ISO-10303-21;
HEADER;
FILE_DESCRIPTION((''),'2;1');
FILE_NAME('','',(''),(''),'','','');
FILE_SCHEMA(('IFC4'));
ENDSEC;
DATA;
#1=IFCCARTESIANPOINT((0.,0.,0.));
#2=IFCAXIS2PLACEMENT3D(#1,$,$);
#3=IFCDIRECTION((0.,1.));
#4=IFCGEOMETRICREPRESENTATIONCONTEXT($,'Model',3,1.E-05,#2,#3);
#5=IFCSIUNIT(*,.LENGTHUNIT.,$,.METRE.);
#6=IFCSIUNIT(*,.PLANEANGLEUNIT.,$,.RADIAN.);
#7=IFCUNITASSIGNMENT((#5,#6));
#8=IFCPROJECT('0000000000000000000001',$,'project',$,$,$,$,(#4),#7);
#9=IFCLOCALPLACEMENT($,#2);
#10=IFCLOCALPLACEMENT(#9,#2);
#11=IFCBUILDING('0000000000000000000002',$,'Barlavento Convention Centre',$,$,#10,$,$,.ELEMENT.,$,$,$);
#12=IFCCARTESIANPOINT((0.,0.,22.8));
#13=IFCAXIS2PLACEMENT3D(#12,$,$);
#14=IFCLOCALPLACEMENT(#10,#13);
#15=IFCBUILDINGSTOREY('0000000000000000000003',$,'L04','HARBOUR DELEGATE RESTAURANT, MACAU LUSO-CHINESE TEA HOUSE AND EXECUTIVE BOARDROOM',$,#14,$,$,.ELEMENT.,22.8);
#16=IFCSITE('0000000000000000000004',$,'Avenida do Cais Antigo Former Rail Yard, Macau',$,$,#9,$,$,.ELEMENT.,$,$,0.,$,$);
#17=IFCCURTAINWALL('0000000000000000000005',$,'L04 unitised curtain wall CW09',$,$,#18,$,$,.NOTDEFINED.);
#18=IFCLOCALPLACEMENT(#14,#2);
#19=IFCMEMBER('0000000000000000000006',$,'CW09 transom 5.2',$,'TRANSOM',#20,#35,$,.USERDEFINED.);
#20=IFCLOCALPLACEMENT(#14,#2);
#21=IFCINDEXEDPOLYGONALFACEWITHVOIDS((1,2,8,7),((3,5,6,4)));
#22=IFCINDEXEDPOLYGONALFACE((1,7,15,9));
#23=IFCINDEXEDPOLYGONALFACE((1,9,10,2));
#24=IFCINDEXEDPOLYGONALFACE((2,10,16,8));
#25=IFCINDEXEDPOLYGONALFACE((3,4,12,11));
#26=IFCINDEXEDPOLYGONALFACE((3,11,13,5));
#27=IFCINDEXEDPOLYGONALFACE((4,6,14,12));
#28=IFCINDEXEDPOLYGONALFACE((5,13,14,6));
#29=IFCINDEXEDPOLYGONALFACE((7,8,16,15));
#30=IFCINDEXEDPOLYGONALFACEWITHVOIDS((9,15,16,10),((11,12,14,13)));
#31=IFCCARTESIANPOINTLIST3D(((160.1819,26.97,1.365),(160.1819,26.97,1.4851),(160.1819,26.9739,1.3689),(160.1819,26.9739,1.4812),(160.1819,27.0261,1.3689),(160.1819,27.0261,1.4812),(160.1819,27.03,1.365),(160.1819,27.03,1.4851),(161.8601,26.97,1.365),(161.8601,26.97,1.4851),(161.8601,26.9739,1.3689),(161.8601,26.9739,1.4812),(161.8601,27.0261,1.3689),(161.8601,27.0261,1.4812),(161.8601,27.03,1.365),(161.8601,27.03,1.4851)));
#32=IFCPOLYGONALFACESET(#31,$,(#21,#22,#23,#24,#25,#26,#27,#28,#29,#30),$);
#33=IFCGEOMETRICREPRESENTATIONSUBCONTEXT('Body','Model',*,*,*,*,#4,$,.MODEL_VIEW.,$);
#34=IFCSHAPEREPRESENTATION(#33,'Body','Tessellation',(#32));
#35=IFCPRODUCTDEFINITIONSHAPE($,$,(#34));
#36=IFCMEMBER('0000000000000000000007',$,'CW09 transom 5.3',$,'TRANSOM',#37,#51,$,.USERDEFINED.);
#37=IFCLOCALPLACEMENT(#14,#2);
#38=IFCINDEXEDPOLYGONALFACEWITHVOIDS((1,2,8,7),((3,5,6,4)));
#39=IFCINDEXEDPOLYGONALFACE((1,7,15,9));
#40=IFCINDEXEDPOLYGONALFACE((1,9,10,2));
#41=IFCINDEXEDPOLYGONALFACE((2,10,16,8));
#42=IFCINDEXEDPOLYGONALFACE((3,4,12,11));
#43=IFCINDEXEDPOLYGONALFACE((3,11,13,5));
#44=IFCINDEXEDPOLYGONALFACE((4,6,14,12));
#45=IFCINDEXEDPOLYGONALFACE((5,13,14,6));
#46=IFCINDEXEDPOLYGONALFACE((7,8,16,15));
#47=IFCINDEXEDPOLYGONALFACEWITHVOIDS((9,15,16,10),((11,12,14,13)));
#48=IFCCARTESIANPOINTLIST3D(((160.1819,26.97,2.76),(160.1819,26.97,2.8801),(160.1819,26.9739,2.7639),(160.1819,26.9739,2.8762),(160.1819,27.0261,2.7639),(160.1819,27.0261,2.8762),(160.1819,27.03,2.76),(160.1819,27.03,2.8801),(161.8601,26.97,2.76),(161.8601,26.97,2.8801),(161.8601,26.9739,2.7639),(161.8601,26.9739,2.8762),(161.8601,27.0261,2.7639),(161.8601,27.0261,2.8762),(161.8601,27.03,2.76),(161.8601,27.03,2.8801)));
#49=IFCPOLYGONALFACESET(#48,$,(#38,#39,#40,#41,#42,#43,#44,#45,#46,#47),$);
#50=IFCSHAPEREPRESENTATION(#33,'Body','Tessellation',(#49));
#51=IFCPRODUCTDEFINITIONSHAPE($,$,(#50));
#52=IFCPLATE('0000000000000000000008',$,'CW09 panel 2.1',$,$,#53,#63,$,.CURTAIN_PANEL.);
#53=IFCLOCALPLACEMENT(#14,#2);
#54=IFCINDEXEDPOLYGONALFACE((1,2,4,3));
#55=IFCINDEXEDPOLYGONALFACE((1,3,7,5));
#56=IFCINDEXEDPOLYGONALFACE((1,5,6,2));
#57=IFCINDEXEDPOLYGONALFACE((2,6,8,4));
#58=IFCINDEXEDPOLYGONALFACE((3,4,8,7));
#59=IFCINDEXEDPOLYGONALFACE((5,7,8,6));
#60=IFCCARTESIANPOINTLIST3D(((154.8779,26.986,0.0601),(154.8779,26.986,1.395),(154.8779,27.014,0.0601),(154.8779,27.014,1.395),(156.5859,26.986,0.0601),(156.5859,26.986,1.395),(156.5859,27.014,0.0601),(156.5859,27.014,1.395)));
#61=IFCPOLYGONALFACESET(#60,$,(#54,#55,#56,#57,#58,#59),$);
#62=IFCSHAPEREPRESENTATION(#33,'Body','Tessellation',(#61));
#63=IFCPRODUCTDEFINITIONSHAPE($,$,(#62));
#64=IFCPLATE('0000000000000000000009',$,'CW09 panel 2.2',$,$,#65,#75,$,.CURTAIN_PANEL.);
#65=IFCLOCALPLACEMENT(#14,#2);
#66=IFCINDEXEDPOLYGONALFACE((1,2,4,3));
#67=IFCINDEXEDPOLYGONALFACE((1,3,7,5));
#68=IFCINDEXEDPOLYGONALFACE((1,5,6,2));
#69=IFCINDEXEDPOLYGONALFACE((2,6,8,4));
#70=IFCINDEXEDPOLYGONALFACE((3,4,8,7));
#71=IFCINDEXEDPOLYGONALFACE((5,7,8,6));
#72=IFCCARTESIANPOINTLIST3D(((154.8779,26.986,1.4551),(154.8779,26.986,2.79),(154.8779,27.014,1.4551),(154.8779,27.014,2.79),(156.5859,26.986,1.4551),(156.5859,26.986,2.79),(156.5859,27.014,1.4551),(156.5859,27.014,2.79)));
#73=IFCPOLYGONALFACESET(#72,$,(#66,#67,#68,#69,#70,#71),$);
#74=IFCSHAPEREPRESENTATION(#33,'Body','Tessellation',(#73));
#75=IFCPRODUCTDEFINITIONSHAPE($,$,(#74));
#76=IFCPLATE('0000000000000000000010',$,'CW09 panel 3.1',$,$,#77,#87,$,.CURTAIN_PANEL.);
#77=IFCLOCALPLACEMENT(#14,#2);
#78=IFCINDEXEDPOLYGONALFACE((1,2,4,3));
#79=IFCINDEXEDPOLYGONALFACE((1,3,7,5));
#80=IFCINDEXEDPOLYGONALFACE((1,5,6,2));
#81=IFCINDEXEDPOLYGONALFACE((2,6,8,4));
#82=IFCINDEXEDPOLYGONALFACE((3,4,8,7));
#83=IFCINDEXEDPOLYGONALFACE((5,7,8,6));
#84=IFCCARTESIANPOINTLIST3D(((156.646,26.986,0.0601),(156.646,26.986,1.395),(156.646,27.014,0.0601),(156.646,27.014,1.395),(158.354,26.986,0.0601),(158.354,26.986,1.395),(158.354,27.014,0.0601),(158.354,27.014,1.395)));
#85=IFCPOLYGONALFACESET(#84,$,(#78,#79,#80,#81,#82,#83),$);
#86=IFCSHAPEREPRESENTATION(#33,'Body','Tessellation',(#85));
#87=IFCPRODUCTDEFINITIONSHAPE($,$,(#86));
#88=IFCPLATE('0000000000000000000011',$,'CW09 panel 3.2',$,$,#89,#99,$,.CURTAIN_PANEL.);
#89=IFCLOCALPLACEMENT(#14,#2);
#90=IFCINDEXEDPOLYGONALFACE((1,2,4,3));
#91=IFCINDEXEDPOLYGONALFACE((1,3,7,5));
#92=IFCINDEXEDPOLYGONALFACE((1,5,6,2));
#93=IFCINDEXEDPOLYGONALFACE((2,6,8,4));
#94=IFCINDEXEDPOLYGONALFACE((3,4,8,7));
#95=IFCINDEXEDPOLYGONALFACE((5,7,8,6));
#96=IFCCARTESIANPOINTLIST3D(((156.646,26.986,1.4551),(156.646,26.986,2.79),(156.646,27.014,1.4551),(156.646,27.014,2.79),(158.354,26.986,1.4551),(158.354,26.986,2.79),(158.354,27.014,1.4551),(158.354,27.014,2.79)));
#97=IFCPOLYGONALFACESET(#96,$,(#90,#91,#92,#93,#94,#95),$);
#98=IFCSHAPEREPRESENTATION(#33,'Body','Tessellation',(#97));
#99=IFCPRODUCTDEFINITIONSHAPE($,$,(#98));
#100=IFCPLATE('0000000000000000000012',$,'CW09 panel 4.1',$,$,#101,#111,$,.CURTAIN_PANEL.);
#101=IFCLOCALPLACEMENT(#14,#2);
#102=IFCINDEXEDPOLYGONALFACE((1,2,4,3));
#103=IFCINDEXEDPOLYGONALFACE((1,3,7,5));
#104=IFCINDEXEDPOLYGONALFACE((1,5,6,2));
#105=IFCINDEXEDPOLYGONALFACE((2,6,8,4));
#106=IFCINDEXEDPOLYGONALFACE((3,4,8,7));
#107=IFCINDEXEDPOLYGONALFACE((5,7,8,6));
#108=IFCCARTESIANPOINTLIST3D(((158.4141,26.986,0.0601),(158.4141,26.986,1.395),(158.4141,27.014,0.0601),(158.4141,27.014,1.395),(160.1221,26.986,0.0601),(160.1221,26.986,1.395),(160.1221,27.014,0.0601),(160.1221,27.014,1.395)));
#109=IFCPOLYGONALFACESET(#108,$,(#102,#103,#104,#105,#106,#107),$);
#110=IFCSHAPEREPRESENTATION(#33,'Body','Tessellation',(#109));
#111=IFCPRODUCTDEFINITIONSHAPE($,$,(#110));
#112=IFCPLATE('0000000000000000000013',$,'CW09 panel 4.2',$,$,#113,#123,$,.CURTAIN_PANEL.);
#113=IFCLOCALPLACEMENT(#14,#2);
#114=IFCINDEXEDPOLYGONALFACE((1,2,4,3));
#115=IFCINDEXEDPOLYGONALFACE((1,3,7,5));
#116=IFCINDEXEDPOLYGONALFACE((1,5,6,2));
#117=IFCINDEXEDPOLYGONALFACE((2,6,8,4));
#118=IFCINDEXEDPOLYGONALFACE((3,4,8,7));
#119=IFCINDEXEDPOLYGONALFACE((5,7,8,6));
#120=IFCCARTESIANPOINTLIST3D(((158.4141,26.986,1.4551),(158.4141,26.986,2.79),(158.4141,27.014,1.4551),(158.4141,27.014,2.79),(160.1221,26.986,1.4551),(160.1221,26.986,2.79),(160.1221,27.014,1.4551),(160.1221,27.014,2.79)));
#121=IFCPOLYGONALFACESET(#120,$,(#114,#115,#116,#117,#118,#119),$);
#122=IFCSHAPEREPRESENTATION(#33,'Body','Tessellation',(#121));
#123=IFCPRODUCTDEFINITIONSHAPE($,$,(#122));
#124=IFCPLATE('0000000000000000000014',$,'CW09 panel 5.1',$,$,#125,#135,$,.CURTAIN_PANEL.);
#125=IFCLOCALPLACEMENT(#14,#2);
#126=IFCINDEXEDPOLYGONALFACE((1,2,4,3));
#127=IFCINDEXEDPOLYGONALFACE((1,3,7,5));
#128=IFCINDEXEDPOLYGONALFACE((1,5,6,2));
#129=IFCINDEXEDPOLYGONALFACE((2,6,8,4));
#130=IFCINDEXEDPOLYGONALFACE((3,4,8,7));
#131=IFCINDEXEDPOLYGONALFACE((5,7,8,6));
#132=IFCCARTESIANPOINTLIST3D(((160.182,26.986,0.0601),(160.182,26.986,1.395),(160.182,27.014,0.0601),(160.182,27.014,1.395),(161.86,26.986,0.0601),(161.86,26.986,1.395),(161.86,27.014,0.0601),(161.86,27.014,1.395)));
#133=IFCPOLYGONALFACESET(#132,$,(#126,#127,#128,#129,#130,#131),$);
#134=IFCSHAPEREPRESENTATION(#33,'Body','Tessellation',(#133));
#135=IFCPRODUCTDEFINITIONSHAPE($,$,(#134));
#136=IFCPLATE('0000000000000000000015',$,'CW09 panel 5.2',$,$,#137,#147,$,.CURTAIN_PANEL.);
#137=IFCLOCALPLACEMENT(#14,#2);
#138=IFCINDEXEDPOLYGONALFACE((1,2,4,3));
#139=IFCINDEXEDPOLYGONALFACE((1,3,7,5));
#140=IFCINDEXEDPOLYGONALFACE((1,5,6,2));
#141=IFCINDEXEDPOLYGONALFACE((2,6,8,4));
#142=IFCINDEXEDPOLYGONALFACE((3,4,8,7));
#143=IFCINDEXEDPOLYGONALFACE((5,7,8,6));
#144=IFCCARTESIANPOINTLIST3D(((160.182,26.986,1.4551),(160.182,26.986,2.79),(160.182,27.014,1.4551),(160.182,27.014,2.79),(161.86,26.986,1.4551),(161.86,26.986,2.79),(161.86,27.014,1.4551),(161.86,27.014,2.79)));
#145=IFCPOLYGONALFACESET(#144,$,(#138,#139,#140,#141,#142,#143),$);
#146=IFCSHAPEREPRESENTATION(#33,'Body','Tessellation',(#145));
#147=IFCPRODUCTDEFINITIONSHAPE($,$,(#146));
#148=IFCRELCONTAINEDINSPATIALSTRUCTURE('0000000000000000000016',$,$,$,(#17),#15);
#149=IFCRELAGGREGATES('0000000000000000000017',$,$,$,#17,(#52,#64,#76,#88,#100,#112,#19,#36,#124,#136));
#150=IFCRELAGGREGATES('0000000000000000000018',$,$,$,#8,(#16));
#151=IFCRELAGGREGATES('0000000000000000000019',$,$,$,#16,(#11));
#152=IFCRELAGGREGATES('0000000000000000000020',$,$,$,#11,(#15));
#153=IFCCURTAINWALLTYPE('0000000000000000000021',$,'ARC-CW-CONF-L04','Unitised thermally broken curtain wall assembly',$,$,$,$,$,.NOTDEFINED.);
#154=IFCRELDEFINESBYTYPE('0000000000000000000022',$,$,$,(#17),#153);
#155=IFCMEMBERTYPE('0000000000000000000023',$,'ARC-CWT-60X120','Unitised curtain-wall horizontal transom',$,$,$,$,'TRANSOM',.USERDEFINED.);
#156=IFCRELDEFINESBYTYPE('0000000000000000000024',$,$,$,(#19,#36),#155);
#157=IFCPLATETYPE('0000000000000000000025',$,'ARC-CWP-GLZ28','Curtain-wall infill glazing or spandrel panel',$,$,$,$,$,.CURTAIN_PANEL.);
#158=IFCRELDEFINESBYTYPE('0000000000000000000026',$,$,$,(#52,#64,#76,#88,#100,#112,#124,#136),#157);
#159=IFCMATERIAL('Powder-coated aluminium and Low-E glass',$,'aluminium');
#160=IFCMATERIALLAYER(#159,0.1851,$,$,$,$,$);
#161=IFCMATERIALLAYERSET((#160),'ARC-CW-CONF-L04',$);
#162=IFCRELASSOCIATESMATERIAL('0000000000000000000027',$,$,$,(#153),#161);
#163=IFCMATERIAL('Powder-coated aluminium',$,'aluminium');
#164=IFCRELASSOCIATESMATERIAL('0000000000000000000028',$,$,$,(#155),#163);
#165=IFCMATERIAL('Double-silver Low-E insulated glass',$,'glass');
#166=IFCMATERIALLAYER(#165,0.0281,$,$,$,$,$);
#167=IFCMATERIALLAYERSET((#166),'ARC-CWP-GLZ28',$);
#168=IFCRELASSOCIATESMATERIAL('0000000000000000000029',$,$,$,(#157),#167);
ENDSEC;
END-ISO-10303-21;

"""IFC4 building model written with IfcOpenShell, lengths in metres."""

from ifc_helpers import new_model, si_unit, direction, frame, origin, origin_2d, place, context, subcontext, project, spatial, rectangle, hollow_rectangle, extrude, material, layer, layer_set, material_profile, profile_set, type_object, element, aggregate, save


model = new_model("IFC4")

# Units and contexts
model_context = context("Model", 3, precision=1e-05, world=origin(), true_north=direction((0.0, 1.0)))
body_context = subcontext(model_context, "Body", "Model", "MODEL_VIEW")
ifc_project = project(units=[si_unit("LENGTHUNIT", "METRE"), si_unit("PLANEANGLEUNIT", "RADIAN")], contexts=[model_context])

# Site, building, storey
site_placement = place(None, origin())
site = spatial("IfcSite", under=ifc_project, at=site_placement, Name="Avenida do Cais Antigo Former Rail Yard, Macau", CompositionType="ELEMENT", RefElevation=0.0)
building_placement = place(site_placement, origin())
building = spatial("IfcBuilding", under=site, at=building_placement, Name="Barlavento Convention Centre", CompositionType="ELEMENT")
storey_placement = place(building_placement, frame((0.0, 0.0, 22.8)))
storey = spatial("IfcBuildingStorey", under=building, at=storey_placement, Name="L04", Description="HARBOUR DELEGATE RESTAURANT, MACAU LUSO-CHINESE TEA HOUSE AND EXECUTIVE BOARDROOM", CompositionType="ELEMENT", Elevation=22.8)

# Curtain wall, members, plates
ifc_material_1 = material(Name="Powder-coated aluminium and Low-E glass", Category="aluminium")
ifc_layer_1 = layer(ifc_material_1, 0.1851)
ifc_layer_set_1 = layer_set([ifc_layer_1], Name="ARC-CW-CONF-L04")
curtain_wall_type = type_object("IfcCurtainWallType", Name="ARC-CW-CONF-L04", Description="Unitised thermally broken curtain wall assembly", PredefinedType="NOTDEFINED", material=ifc_layer_set_1)
curtain_wall_placement = place(storey_placement, origin())
curtain_wall = element("IfcCurtainWall", 1, at=curtain_wall_placement, inside=storey, type_object=curtain_wall_type, Name="L04 unitised curtain wall CW09", PredefinedType="NOTDEFINED")
ifc_material_2 = material(Name="Powder-coated aluminium", Category="aluminium")
ifc_material_profile_1 = material_profile(ifc_material_2, hollow_rectangle(XDim=0.0601, YDim=0.1201, WallThickness=0.0039, at=origin_2d()), Name="AL-TRAN 60x120x4")
ifc_profile_set_1 = profile_set([ifc_material_profile_1], Name="Powder-coated aluminium")
member_type_1 = type_object("IfcMemberType", Name="ARC-CWT-60X120", Description="Unitised curtain-wall horizontal transom", ElementType="TRANSOM", PredefinedType="USERDEFINED", material=ifc_profile_set_1)
member_1_placement = place(storey_placement, frame((160.1819, 27.0, 1.425), z_axis=(1.0, 0.0, 0.0), x_axis=(0.0, 1.0, 0.0)))
member_1 = element("IfcMember", 2, at=member_1_placement, type_object=member_type_1, Name="CW09 transom 5.2", ObjectType="TRANSOM", PredefinedType="USERDEFINED", context=body_context, shape_type="SweptSolid", body=[
    extrude(hollow_rectangle(XDim=0.0601, YDim=0.1201, WallThickness=0.0039, at=origin_2d()), origin(), (0.0, 0.0, 1.0), 1.6782),
])
member_2_placement = place(storey_placement, frame((160.1819, 27.0, 2.8201), z_axis=(1.0, 0.0, 0.0), x_axis=(0.0, 1.0, 0.0)))
member_2 = element("IfcMember", 3, at=member_2_placement, type_object=member_type_1, Name="CW09 transom 5.3", ObjectType="TRANSOM", PredefinedType="USERDEFINED", context=body_context, shape_type="SweptSolid", body=[
    extrude(hollow_rectangle(XDim=0.0601, YDim=0.1201, WallThickness=0.0039, at=origin_2d()), origin(), (0.0, 0.0, 1.0), 1.6782),
])
ifc_material_3 = material(Name="Double-silver Low-E insulated glass", Category="glass")
ifc_layer_2 = layer(ifc_material_3, 0.0281)
ifc_layer_set_2 = layer_set([ifc_layer_2], Name="ARC-CWP-GLZ28")
plate_type = type_object("IfcPlateType", Name="ARC-CWP-GLZ28", Description="Curtain-wall infill glazing or spandrel panel", PredefinedType="CURTAIN_PANEL", material=ifc_layer_set_2)
plate_1_placement = place(storey_placement, frame((155.7319, 27.0, 0.0601), z_axis=(0.0, 0.0, 1.0), x_axis=(1.0, 0.0, 0.0)))
plate_1 = element("IfcPlate", 4, at=plate_1_placement, type_object=plate_type, Name="CW09 panel 2.1", PredefinedType="CURTAIN_PANEL", context=body_context, shape_type="SweptSolid", body=[
    extrude(rectangle(XDim=1.708, YDim=0.0281, at=origin_2d()), origin(), (0.0, 0.0, 1.0), 1.335),
])
plate_2_placement = place(storey_placement, frame((155.7319, 27.0, 1.4551), z_axis=(0.0, 0.0, 1.0), x_axis=(1.0, 0.0, 0.0)))
plate_2 = element("IfcPlate", 5, at=plate_2_placement, type_object=plate_type, Name="CW09 panel 2.2", PredefinedType="CURTAIN_PANEL", context=body_context, shape_type="SweptSolid", body=[
    extrude(rectangle(XDim=1.708, YDim=0.0281, at=origin_2d()), origin(), (0.0, 0.0, 1.0), 1.335),
])
plate_3_placement = place(storey_placement, frame((157.5, 27.0, 0.0601), z_axis=(0.0, 0.0, 1.0), x_axis=(1.0, 0.0, 0.0)))
plate_3 = element("IfcPlate", 6, at=plate_3_placement, type_object=plate_type, Name="CW09 panel 3.1", PredefinedType="CURTAIN_PANEL", context=body_context, shape_type="SweptSolid", body=[
    extrude(rectangle(XDim=1.708, YDim=0.0281, at=origin_2d()), origin(), (0.0, 0.0, 1.0), 1.335),
])
plate_4_placement = place(storey_placement, frame((157.5, 27.0, 1.4551), z_axis=(0.0, 0.0, 1.0), x_axis=(1.0, 0.0, 0.0)))
plate_4 = element("IfcPlate", 7, at=plate_4_placement, type_object=plate_type, Name="CW09 panel 3.2", PredefinedType="CURTAIN_PANEL", context=body_context, shape_type="SweptSolid", body=[
    extrude(rectangle(XDim=1.708, YDim=0.0281, at=origin_2d()), origin(), (0.0, 0.0, 1.0), 1.335),
])
plate_5_placement = place(storey_placement, frame((159.2681, 27.0, 0.0601), z_axis=(0.0, 0.0, 1.0), x_axis=(1.0, 0.0, 0.0)))
plate_5 = element("IfcPlate", 8, at=plate_5_placement, type_object=plate_type, Name="CW09 panel 4.1", PredefinedType="CURTAIN_PANEL", context=body_context, shape_type="SweptSolid", body=[
    extrude(rectangle(XDim=1.708, YDim=0.0281, at=origin_2d()), origin(), (0.0, 0.0, 1.0), 1.335),
])
plate_6_placement = place(storey_placement, frame((159.2681, 27.0, 1.4551), z_axis=(0.0, 0.0, 1.0), x_axis=(1.0, 0.0, 0.0)))
plate_6 = element("IfcPlate", 9, at=plate_6_placement, type_object=plate_type, Name="CW09 panel 4.2", PredefinedType="CURTAIN_PANEL", context=body_context, shape_type="SweptSolid", body=[
    extrude(rectangle(XDim=1.708, YDim=0.0281, at=origin_2d()), origin(), (0.0, 0.0, 1.0), 1.335),
])
plate_7_placement = place(storey_placement, frame((161.021, 27.0, 0.0601), z_axis=(0.0, 0.0, 1.0), x_axis=(1.0, 0.0, 0.0)))
plate_7 = element("IfcPlate", 10, at=plate_7_placement, type_object=plate_type, Name="CW09 panel 5.1", PredefinedType="CURTAIN_PANEL", context=body_context, shape_type="SweptSolid", body=[
    extrude(rectangle(XDim=1.678, YDim=0.0281, at=origin_2d()), origin(), (0.0, 0.0, 1.0), 1.335),
])
plate_8_placement = place(storey_placement, frame((161.021, 27.0, 1.4551), z_axis=(0.0, 0.0, 1.0), x_axis=(1.0, 0.0, 0.0)))
plate_8 = element("IfcPlate", 11, at=plate_8_placement, type_object=plate_type, Name="CW09 panel 5.2", PredefinedType="CURTAIN_PANEL", context=body_context, shape_type="SweptSolid", body=[
    extrude(rectangle(XDim=1.678, YDim=0.0281, at=origin_2d()), origin(), (0.0, 0.0, 1.0), 1.335),
])
aggregate(curtain_wall, [plate_1, plate_2, plate_3, plate_4, plate_5, plate_6, member_1, member_2, plate_7, plate_8])

save(model, "model.ifc")
